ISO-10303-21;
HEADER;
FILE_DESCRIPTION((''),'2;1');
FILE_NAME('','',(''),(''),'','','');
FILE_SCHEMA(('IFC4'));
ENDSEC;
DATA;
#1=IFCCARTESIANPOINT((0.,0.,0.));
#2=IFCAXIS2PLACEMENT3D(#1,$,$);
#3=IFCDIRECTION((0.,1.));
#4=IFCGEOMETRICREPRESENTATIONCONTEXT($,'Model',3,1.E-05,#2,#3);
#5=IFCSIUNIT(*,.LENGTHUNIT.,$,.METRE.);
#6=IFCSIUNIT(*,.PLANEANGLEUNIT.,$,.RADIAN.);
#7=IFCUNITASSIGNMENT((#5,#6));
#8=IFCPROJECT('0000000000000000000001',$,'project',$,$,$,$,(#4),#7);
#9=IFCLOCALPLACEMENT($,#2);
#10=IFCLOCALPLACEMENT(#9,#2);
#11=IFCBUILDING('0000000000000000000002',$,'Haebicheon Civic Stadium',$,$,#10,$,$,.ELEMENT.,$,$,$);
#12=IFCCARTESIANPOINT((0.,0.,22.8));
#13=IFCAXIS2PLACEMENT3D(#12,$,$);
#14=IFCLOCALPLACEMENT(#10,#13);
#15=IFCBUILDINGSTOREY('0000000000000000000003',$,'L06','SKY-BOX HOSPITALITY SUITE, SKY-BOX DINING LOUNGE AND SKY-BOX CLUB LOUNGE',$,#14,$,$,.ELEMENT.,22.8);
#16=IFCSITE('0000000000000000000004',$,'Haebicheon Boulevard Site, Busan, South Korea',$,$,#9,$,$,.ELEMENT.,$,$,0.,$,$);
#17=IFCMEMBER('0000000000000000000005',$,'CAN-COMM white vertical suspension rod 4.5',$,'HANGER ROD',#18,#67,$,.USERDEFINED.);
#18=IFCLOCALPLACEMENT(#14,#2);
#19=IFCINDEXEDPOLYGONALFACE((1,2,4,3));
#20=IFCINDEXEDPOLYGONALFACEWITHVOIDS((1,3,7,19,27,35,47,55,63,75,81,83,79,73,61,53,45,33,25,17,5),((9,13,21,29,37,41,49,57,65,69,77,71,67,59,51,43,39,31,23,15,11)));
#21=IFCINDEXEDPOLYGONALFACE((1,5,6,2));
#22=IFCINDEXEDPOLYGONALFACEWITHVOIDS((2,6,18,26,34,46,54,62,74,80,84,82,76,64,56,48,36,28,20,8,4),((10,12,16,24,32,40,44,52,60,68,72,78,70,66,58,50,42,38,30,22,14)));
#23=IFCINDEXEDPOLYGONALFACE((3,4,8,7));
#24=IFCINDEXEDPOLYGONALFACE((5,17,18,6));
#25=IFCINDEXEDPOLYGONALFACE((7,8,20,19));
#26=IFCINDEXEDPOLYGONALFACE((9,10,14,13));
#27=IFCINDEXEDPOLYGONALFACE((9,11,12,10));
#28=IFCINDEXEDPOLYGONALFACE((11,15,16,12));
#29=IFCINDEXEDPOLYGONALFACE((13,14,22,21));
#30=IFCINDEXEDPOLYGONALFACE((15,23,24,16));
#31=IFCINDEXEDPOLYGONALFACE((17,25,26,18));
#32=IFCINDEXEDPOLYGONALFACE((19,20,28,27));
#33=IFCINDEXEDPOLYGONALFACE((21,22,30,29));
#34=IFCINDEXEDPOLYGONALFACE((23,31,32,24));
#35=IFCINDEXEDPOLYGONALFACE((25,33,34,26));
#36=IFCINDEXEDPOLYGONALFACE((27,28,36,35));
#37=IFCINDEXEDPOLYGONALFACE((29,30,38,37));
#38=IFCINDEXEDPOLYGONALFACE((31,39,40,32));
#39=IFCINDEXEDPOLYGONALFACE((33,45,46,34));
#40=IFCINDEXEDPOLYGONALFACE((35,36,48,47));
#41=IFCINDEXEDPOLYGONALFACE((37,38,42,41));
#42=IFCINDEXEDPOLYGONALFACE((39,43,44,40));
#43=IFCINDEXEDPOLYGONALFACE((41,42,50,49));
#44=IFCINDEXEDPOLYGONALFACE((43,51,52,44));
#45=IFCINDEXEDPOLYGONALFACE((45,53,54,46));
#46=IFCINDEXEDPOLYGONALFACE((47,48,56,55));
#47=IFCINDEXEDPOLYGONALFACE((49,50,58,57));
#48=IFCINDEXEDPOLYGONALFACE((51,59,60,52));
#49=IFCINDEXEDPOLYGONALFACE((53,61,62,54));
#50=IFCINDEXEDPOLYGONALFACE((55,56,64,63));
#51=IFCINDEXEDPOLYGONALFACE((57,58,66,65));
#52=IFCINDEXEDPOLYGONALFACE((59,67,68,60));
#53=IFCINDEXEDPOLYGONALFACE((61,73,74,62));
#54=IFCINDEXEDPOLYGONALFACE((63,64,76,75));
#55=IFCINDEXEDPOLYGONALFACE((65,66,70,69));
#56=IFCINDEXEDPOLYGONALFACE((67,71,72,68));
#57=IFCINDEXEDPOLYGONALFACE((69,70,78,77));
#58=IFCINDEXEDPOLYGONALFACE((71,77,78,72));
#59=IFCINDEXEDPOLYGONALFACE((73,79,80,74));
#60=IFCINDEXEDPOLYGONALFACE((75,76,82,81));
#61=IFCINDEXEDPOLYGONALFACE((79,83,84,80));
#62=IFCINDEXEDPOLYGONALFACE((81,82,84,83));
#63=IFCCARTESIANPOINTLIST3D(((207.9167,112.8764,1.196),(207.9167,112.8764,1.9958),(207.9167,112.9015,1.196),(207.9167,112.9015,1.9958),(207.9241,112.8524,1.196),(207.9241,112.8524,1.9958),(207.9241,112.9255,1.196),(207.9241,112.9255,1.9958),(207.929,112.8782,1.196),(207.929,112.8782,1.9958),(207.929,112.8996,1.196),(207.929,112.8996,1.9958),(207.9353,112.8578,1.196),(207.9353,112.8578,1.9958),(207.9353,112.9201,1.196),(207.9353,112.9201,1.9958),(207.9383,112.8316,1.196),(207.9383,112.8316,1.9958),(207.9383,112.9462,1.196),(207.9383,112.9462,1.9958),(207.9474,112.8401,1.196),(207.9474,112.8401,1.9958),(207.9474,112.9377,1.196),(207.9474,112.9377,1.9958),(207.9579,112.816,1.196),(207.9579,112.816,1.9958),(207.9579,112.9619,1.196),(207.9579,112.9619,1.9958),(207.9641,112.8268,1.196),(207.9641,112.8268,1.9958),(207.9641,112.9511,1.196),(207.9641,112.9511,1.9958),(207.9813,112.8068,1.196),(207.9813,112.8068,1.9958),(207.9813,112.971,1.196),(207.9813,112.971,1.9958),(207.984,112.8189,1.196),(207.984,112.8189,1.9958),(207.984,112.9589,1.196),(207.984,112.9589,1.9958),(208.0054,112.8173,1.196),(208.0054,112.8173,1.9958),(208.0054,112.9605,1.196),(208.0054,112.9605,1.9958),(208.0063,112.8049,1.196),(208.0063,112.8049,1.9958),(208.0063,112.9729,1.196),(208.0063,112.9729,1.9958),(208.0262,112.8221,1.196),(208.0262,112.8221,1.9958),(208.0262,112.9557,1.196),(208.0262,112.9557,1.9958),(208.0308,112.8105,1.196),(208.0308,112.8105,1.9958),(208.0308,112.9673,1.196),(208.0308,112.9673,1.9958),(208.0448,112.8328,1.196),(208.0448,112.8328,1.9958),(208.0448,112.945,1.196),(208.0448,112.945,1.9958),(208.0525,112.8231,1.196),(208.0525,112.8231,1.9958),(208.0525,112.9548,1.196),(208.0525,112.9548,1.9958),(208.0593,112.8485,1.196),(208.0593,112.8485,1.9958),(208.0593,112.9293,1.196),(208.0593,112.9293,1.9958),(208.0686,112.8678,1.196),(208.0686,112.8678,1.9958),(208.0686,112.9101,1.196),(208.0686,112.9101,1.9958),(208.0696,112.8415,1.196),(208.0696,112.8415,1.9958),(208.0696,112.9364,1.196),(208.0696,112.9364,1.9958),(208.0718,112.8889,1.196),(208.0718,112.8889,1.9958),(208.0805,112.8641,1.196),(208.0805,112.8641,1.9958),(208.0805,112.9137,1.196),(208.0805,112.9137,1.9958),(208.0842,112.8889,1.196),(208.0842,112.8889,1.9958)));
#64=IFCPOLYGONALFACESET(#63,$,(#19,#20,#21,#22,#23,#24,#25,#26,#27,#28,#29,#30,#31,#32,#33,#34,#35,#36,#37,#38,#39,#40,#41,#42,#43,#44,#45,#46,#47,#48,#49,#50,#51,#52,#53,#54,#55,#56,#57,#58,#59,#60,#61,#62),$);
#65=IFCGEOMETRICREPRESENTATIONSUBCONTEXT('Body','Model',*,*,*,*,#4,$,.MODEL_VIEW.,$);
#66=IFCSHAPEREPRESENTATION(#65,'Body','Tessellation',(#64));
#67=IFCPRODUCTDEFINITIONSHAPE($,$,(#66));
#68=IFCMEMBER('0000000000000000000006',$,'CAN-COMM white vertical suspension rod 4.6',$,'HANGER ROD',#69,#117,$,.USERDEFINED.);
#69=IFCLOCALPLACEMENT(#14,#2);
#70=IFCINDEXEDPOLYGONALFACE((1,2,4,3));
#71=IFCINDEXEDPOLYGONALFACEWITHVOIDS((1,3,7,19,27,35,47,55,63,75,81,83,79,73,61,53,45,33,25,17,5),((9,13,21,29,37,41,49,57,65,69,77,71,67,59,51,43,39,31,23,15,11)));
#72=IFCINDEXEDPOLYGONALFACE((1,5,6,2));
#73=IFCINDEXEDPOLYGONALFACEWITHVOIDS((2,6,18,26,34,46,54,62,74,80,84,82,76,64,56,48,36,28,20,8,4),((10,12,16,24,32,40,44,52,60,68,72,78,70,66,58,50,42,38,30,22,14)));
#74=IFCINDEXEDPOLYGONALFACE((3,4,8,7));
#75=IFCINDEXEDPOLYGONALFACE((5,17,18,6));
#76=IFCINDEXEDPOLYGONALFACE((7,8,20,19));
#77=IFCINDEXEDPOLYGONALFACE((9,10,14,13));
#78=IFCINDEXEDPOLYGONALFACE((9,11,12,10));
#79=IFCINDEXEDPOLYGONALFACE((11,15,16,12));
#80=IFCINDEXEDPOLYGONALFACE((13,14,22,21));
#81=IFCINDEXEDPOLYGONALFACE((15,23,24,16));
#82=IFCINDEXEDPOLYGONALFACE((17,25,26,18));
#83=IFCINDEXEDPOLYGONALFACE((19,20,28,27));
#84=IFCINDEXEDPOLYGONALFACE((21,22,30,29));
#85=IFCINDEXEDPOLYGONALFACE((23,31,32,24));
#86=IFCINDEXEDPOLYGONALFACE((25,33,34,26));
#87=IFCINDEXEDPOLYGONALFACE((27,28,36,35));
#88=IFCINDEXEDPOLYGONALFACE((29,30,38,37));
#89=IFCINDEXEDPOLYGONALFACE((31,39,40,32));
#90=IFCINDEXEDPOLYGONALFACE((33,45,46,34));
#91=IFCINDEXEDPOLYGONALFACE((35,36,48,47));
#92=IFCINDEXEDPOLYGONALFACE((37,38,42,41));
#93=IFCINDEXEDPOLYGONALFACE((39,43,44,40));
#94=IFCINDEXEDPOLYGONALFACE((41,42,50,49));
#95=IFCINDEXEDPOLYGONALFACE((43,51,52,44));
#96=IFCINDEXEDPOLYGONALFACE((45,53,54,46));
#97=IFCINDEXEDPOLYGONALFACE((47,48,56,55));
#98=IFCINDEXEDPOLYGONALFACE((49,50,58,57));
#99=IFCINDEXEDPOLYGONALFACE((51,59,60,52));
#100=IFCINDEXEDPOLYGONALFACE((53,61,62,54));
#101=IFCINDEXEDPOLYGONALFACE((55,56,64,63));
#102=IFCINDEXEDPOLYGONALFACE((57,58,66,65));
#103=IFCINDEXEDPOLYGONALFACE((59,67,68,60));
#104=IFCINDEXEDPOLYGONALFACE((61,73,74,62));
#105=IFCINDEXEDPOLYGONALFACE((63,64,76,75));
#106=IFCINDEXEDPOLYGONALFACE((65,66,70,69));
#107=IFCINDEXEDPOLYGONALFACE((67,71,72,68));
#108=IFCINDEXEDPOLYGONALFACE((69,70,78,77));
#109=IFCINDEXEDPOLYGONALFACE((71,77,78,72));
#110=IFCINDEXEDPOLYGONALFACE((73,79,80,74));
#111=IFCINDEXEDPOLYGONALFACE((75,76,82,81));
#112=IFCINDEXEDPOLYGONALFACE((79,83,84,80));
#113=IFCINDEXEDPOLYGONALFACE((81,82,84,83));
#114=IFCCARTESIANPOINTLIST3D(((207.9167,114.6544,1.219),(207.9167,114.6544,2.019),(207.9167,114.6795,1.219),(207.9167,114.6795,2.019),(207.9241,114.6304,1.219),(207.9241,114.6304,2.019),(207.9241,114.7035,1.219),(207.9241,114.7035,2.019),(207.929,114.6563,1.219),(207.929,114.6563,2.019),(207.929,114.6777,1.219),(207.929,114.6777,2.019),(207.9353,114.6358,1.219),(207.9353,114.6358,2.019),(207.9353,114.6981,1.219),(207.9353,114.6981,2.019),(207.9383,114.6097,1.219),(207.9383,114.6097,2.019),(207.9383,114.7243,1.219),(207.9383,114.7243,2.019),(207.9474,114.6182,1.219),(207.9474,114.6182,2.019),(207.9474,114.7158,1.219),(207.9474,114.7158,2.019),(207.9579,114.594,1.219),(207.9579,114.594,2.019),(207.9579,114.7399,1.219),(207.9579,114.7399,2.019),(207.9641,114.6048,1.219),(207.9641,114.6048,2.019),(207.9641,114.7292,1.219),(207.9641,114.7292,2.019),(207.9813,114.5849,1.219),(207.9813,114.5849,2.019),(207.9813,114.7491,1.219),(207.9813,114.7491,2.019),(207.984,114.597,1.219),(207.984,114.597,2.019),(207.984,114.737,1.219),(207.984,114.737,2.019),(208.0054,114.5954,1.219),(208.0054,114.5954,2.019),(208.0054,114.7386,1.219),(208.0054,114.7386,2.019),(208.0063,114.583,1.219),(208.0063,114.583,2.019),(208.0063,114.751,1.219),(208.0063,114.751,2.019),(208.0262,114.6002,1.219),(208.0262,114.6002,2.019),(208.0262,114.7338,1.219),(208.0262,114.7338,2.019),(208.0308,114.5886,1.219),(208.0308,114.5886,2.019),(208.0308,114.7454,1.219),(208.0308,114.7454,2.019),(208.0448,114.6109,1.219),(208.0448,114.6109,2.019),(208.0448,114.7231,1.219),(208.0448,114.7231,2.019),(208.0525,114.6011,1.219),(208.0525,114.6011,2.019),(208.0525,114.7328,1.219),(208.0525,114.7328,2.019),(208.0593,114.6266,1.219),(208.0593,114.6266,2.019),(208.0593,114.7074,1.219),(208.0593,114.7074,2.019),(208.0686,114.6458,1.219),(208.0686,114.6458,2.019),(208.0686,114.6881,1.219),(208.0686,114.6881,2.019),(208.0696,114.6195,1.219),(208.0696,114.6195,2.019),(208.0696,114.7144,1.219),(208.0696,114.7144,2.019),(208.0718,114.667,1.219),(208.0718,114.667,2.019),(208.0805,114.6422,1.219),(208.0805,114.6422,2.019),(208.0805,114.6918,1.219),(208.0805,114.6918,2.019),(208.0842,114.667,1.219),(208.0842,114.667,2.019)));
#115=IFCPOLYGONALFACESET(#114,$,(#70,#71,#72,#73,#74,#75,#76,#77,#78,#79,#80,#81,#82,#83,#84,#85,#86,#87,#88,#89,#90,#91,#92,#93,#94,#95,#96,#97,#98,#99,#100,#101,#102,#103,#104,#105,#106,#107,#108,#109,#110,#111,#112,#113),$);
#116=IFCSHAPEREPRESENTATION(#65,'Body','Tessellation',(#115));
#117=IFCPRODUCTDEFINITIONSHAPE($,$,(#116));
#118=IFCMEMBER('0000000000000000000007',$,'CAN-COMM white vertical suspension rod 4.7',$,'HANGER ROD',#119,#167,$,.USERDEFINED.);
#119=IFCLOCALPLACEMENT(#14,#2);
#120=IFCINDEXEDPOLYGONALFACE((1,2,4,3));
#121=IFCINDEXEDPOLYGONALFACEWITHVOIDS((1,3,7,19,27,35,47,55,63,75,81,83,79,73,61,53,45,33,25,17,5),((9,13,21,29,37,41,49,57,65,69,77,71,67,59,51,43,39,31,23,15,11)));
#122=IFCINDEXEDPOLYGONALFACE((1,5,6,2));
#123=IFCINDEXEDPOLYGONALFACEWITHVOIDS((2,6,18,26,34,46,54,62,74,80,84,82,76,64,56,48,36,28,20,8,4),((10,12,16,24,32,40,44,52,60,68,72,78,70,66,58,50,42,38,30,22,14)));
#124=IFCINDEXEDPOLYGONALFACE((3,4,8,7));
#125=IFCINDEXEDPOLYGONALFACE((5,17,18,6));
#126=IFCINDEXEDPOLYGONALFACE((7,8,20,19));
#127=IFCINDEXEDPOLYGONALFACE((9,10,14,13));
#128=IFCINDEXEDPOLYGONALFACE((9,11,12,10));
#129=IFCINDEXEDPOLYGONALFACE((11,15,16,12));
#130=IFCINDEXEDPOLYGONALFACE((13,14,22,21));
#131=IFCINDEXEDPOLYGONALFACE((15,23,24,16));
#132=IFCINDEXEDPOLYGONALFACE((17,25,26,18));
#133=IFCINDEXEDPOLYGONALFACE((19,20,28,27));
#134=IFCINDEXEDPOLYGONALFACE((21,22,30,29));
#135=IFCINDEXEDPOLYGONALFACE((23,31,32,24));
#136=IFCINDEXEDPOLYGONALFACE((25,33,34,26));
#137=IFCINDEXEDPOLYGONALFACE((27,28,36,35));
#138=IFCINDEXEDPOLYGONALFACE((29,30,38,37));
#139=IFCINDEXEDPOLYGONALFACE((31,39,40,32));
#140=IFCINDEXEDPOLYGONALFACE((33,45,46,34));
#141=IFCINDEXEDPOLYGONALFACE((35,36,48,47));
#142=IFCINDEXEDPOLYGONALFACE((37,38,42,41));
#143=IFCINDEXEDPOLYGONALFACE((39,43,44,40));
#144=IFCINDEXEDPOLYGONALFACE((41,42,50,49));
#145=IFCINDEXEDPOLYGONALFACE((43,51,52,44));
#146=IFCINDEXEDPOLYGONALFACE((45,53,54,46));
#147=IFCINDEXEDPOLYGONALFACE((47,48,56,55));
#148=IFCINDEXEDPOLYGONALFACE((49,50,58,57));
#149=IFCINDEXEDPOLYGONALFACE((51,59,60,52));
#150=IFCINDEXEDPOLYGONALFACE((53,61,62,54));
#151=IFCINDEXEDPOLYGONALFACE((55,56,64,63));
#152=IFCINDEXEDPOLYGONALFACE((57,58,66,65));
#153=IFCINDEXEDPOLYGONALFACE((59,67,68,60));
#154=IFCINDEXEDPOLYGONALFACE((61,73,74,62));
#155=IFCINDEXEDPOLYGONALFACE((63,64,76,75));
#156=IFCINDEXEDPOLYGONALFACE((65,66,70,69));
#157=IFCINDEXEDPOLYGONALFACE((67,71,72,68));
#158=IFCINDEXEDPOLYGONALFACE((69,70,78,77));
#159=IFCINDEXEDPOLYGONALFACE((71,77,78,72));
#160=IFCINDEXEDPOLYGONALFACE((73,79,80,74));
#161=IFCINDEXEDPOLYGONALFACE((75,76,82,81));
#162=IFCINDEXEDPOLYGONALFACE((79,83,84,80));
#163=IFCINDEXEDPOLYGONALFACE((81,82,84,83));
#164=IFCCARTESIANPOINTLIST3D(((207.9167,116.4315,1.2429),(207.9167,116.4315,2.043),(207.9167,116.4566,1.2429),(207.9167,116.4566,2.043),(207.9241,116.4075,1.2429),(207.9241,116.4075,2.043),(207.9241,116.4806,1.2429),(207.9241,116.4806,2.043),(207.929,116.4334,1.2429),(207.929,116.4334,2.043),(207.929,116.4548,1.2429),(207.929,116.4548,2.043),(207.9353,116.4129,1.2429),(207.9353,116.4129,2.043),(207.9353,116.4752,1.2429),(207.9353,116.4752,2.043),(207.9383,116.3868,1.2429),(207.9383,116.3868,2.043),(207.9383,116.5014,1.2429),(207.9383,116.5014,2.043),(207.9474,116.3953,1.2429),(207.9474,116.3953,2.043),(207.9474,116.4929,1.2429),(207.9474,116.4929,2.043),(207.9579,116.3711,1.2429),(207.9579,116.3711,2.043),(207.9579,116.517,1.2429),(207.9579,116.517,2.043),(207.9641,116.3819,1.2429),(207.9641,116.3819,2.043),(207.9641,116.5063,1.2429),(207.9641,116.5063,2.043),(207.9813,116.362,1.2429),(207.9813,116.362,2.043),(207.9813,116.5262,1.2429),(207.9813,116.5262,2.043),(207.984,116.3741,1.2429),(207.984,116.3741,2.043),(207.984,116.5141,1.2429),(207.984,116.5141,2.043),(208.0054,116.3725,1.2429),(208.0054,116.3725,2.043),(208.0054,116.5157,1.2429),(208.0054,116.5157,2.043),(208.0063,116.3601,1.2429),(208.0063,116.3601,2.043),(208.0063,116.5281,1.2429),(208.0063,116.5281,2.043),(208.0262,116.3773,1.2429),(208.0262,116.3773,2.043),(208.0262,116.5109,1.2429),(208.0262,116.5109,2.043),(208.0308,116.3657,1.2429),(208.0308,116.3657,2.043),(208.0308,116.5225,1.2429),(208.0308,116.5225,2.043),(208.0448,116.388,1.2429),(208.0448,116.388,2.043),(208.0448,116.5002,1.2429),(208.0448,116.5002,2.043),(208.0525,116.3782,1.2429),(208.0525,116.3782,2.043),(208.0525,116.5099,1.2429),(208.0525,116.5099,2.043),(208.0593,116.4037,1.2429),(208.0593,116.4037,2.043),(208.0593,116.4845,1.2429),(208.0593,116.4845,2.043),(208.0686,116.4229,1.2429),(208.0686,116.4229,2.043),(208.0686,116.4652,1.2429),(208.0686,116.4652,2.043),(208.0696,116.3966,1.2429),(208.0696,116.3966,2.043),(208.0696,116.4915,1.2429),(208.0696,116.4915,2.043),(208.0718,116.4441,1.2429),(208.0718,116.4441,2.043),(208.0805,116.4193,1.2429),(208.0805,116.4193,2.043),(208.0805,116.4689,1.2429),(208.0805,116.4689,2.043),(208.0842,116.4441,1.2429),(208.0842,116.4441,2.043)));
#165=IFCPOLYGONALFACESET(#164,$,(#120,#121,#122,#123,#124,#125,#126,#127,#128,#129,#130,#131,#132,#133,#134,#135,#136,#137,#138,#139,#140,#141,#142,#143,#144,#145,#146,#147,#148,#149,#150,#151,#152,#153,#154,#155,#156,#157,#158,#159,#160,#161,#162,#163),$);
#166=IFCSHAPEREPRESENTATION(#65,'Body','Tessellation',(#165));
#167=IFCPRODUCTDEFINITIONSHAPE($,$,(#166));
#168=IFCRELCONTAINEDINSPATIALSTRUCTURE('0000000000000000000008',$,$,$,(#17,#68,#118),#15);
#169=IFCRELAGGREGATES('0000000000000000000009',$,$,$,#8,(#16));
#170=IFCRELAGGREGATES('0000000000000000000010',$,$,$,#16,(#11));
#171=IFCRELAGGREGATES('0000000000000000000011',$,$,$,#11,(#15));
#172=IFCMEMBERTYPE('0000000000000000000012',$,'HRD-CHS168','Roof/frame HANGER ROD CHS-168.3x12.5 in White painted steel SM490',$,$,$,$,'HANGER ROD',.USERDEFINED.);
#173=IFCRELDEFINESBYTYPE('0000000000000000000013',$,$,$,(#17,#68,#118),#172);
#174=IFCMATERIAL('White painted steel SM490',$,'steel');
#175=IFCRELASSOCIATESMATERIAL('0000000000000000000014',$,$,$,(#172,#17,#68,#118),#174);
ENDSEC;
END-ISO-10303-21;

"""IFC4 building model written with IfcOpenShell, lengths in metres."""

from ifc_helpers import new_model, si_unit, direction, frame, origin, origin_2d, place, context, subcontext, project, spatial, hollow_circle, extrude, material, material_profile, profile_set, type_object, element, save


model = new_model("IFC4")

# Units and contexts
model_context = context("Model", 3, precision=1e-05, world=origin(), true_north=direction((0.0, 1.0)))
body_context = subcontext(model_context, "Body", "Model", "MODEL_VIEW")
ifc_project = project(units=[si_unit("LENGTHUNIT", "METRE"), si_unit("PLANEANGLEUNIT", "RADIAN")], contexts=[model_context])

# Site, building, storey
site_placement = place(None, origin())
site = spatial("IfcSite", under=ifc_project, at=site_placement, Name="Haebicheon Boulevard Site, Busan, South Korea", CompositionType="ELEMENT", RefElevation=0.0)
building_placement = place(site_placement, origin())
building = spatial("IfcBuilding", under=site, at=building_placement, Name="Haebicheon Civic Stadium", CompositionType="ELEMENT")
storey_placement = place(building_placement, frame((0.0, 0.0, 22.8)))
storey = spatial("IfcBuildingStorey", under=building, at=storey_placement, Name="L06", Description="SKY-BOX HOSPITALITY SUITE, SKY-BOX DINING LOUNGE AND SKY-BOX CLUB LOUNGE", CompositionType="ELEMENT", Elevation=22.8)

# Members
ifc_material_1 = material(Name="White painted steel SM490", Category="steel")
ifc_material_profile_1 = material_profile(ifc_material_1, hollow_circle(Radius=0.0842, WallThickness=0.0125, at=origin_2d()), Name="CHS-168.3x12.5")
ifc_profile_set_1 = profile_set([ifc_material_profile_1], Name="White painted steel SM490")
member_type_1 = type_object("IfcMemberType", Name="HRD-CHS168", Description="Roof/frame HANGER ROD CHS-168.3x12.5 in White painted steel SM490", ElementType="HANGER ROD", PredefinedType="USERDEFINED", material=ifc_profile_set_1)
member_1_placement = place(storey_placement, frame((208.0, 112.8889, 1.196), z_axis=(0.0, 0.0, 1.0), x_axis=(1.0, 0.0, 0.0)))
element("IfcMember", 1, at=member_1_placement, inside=storey, type_object=member_type_1, material=ifc_profile_set_1, Name="CAN-COMM white vertical suspension rod 4.5", ObjectType="HANGER ROD", PredefinedType="USERDEFINED", context=body_context, shape_type="SweptSolid", body=[
    extrude(hollow_circle(Radius=0.0842, WallThickness=0.0125, at=origin_2d()), origin(), (0.0, 0.0, 1.0), 0.7998),
])
for number, where, z_axis, x_axis, name in (
    (2, (208.0, 114.667, 1.219), (0.0, 0.0, 1.0), (1.0, 0.0, 0.0), "CAN-COMM white vertical suspension rod 4.6"),
    (3, (208.0, 116.4441, 1.2429), (0.0, 0.0, 1.0), (1.0, 0.0, 0.0), "CAN-COMM white vertical suspension rod 4.7"),
):
    element("IfcMember", number, at=place(storey_placement, frame(where, z_axis=z_axis, x_axis=x_axis)), inside=storey, type_object=member_type_1, material=ifc_profile_set_1, Name=name, ObjectType="HANGER ROD", PredefinedType="USERDEFINED", context=body_context, shape_type="SweptSolid", body=[
        extrude(hollow_circle(Radius=0.0842, WallThickness=0.0125, at=origin_2d()), origin(), (0.0, 0.0, 1.0), 0.8),
    ])

save(model, "model.ifc")
